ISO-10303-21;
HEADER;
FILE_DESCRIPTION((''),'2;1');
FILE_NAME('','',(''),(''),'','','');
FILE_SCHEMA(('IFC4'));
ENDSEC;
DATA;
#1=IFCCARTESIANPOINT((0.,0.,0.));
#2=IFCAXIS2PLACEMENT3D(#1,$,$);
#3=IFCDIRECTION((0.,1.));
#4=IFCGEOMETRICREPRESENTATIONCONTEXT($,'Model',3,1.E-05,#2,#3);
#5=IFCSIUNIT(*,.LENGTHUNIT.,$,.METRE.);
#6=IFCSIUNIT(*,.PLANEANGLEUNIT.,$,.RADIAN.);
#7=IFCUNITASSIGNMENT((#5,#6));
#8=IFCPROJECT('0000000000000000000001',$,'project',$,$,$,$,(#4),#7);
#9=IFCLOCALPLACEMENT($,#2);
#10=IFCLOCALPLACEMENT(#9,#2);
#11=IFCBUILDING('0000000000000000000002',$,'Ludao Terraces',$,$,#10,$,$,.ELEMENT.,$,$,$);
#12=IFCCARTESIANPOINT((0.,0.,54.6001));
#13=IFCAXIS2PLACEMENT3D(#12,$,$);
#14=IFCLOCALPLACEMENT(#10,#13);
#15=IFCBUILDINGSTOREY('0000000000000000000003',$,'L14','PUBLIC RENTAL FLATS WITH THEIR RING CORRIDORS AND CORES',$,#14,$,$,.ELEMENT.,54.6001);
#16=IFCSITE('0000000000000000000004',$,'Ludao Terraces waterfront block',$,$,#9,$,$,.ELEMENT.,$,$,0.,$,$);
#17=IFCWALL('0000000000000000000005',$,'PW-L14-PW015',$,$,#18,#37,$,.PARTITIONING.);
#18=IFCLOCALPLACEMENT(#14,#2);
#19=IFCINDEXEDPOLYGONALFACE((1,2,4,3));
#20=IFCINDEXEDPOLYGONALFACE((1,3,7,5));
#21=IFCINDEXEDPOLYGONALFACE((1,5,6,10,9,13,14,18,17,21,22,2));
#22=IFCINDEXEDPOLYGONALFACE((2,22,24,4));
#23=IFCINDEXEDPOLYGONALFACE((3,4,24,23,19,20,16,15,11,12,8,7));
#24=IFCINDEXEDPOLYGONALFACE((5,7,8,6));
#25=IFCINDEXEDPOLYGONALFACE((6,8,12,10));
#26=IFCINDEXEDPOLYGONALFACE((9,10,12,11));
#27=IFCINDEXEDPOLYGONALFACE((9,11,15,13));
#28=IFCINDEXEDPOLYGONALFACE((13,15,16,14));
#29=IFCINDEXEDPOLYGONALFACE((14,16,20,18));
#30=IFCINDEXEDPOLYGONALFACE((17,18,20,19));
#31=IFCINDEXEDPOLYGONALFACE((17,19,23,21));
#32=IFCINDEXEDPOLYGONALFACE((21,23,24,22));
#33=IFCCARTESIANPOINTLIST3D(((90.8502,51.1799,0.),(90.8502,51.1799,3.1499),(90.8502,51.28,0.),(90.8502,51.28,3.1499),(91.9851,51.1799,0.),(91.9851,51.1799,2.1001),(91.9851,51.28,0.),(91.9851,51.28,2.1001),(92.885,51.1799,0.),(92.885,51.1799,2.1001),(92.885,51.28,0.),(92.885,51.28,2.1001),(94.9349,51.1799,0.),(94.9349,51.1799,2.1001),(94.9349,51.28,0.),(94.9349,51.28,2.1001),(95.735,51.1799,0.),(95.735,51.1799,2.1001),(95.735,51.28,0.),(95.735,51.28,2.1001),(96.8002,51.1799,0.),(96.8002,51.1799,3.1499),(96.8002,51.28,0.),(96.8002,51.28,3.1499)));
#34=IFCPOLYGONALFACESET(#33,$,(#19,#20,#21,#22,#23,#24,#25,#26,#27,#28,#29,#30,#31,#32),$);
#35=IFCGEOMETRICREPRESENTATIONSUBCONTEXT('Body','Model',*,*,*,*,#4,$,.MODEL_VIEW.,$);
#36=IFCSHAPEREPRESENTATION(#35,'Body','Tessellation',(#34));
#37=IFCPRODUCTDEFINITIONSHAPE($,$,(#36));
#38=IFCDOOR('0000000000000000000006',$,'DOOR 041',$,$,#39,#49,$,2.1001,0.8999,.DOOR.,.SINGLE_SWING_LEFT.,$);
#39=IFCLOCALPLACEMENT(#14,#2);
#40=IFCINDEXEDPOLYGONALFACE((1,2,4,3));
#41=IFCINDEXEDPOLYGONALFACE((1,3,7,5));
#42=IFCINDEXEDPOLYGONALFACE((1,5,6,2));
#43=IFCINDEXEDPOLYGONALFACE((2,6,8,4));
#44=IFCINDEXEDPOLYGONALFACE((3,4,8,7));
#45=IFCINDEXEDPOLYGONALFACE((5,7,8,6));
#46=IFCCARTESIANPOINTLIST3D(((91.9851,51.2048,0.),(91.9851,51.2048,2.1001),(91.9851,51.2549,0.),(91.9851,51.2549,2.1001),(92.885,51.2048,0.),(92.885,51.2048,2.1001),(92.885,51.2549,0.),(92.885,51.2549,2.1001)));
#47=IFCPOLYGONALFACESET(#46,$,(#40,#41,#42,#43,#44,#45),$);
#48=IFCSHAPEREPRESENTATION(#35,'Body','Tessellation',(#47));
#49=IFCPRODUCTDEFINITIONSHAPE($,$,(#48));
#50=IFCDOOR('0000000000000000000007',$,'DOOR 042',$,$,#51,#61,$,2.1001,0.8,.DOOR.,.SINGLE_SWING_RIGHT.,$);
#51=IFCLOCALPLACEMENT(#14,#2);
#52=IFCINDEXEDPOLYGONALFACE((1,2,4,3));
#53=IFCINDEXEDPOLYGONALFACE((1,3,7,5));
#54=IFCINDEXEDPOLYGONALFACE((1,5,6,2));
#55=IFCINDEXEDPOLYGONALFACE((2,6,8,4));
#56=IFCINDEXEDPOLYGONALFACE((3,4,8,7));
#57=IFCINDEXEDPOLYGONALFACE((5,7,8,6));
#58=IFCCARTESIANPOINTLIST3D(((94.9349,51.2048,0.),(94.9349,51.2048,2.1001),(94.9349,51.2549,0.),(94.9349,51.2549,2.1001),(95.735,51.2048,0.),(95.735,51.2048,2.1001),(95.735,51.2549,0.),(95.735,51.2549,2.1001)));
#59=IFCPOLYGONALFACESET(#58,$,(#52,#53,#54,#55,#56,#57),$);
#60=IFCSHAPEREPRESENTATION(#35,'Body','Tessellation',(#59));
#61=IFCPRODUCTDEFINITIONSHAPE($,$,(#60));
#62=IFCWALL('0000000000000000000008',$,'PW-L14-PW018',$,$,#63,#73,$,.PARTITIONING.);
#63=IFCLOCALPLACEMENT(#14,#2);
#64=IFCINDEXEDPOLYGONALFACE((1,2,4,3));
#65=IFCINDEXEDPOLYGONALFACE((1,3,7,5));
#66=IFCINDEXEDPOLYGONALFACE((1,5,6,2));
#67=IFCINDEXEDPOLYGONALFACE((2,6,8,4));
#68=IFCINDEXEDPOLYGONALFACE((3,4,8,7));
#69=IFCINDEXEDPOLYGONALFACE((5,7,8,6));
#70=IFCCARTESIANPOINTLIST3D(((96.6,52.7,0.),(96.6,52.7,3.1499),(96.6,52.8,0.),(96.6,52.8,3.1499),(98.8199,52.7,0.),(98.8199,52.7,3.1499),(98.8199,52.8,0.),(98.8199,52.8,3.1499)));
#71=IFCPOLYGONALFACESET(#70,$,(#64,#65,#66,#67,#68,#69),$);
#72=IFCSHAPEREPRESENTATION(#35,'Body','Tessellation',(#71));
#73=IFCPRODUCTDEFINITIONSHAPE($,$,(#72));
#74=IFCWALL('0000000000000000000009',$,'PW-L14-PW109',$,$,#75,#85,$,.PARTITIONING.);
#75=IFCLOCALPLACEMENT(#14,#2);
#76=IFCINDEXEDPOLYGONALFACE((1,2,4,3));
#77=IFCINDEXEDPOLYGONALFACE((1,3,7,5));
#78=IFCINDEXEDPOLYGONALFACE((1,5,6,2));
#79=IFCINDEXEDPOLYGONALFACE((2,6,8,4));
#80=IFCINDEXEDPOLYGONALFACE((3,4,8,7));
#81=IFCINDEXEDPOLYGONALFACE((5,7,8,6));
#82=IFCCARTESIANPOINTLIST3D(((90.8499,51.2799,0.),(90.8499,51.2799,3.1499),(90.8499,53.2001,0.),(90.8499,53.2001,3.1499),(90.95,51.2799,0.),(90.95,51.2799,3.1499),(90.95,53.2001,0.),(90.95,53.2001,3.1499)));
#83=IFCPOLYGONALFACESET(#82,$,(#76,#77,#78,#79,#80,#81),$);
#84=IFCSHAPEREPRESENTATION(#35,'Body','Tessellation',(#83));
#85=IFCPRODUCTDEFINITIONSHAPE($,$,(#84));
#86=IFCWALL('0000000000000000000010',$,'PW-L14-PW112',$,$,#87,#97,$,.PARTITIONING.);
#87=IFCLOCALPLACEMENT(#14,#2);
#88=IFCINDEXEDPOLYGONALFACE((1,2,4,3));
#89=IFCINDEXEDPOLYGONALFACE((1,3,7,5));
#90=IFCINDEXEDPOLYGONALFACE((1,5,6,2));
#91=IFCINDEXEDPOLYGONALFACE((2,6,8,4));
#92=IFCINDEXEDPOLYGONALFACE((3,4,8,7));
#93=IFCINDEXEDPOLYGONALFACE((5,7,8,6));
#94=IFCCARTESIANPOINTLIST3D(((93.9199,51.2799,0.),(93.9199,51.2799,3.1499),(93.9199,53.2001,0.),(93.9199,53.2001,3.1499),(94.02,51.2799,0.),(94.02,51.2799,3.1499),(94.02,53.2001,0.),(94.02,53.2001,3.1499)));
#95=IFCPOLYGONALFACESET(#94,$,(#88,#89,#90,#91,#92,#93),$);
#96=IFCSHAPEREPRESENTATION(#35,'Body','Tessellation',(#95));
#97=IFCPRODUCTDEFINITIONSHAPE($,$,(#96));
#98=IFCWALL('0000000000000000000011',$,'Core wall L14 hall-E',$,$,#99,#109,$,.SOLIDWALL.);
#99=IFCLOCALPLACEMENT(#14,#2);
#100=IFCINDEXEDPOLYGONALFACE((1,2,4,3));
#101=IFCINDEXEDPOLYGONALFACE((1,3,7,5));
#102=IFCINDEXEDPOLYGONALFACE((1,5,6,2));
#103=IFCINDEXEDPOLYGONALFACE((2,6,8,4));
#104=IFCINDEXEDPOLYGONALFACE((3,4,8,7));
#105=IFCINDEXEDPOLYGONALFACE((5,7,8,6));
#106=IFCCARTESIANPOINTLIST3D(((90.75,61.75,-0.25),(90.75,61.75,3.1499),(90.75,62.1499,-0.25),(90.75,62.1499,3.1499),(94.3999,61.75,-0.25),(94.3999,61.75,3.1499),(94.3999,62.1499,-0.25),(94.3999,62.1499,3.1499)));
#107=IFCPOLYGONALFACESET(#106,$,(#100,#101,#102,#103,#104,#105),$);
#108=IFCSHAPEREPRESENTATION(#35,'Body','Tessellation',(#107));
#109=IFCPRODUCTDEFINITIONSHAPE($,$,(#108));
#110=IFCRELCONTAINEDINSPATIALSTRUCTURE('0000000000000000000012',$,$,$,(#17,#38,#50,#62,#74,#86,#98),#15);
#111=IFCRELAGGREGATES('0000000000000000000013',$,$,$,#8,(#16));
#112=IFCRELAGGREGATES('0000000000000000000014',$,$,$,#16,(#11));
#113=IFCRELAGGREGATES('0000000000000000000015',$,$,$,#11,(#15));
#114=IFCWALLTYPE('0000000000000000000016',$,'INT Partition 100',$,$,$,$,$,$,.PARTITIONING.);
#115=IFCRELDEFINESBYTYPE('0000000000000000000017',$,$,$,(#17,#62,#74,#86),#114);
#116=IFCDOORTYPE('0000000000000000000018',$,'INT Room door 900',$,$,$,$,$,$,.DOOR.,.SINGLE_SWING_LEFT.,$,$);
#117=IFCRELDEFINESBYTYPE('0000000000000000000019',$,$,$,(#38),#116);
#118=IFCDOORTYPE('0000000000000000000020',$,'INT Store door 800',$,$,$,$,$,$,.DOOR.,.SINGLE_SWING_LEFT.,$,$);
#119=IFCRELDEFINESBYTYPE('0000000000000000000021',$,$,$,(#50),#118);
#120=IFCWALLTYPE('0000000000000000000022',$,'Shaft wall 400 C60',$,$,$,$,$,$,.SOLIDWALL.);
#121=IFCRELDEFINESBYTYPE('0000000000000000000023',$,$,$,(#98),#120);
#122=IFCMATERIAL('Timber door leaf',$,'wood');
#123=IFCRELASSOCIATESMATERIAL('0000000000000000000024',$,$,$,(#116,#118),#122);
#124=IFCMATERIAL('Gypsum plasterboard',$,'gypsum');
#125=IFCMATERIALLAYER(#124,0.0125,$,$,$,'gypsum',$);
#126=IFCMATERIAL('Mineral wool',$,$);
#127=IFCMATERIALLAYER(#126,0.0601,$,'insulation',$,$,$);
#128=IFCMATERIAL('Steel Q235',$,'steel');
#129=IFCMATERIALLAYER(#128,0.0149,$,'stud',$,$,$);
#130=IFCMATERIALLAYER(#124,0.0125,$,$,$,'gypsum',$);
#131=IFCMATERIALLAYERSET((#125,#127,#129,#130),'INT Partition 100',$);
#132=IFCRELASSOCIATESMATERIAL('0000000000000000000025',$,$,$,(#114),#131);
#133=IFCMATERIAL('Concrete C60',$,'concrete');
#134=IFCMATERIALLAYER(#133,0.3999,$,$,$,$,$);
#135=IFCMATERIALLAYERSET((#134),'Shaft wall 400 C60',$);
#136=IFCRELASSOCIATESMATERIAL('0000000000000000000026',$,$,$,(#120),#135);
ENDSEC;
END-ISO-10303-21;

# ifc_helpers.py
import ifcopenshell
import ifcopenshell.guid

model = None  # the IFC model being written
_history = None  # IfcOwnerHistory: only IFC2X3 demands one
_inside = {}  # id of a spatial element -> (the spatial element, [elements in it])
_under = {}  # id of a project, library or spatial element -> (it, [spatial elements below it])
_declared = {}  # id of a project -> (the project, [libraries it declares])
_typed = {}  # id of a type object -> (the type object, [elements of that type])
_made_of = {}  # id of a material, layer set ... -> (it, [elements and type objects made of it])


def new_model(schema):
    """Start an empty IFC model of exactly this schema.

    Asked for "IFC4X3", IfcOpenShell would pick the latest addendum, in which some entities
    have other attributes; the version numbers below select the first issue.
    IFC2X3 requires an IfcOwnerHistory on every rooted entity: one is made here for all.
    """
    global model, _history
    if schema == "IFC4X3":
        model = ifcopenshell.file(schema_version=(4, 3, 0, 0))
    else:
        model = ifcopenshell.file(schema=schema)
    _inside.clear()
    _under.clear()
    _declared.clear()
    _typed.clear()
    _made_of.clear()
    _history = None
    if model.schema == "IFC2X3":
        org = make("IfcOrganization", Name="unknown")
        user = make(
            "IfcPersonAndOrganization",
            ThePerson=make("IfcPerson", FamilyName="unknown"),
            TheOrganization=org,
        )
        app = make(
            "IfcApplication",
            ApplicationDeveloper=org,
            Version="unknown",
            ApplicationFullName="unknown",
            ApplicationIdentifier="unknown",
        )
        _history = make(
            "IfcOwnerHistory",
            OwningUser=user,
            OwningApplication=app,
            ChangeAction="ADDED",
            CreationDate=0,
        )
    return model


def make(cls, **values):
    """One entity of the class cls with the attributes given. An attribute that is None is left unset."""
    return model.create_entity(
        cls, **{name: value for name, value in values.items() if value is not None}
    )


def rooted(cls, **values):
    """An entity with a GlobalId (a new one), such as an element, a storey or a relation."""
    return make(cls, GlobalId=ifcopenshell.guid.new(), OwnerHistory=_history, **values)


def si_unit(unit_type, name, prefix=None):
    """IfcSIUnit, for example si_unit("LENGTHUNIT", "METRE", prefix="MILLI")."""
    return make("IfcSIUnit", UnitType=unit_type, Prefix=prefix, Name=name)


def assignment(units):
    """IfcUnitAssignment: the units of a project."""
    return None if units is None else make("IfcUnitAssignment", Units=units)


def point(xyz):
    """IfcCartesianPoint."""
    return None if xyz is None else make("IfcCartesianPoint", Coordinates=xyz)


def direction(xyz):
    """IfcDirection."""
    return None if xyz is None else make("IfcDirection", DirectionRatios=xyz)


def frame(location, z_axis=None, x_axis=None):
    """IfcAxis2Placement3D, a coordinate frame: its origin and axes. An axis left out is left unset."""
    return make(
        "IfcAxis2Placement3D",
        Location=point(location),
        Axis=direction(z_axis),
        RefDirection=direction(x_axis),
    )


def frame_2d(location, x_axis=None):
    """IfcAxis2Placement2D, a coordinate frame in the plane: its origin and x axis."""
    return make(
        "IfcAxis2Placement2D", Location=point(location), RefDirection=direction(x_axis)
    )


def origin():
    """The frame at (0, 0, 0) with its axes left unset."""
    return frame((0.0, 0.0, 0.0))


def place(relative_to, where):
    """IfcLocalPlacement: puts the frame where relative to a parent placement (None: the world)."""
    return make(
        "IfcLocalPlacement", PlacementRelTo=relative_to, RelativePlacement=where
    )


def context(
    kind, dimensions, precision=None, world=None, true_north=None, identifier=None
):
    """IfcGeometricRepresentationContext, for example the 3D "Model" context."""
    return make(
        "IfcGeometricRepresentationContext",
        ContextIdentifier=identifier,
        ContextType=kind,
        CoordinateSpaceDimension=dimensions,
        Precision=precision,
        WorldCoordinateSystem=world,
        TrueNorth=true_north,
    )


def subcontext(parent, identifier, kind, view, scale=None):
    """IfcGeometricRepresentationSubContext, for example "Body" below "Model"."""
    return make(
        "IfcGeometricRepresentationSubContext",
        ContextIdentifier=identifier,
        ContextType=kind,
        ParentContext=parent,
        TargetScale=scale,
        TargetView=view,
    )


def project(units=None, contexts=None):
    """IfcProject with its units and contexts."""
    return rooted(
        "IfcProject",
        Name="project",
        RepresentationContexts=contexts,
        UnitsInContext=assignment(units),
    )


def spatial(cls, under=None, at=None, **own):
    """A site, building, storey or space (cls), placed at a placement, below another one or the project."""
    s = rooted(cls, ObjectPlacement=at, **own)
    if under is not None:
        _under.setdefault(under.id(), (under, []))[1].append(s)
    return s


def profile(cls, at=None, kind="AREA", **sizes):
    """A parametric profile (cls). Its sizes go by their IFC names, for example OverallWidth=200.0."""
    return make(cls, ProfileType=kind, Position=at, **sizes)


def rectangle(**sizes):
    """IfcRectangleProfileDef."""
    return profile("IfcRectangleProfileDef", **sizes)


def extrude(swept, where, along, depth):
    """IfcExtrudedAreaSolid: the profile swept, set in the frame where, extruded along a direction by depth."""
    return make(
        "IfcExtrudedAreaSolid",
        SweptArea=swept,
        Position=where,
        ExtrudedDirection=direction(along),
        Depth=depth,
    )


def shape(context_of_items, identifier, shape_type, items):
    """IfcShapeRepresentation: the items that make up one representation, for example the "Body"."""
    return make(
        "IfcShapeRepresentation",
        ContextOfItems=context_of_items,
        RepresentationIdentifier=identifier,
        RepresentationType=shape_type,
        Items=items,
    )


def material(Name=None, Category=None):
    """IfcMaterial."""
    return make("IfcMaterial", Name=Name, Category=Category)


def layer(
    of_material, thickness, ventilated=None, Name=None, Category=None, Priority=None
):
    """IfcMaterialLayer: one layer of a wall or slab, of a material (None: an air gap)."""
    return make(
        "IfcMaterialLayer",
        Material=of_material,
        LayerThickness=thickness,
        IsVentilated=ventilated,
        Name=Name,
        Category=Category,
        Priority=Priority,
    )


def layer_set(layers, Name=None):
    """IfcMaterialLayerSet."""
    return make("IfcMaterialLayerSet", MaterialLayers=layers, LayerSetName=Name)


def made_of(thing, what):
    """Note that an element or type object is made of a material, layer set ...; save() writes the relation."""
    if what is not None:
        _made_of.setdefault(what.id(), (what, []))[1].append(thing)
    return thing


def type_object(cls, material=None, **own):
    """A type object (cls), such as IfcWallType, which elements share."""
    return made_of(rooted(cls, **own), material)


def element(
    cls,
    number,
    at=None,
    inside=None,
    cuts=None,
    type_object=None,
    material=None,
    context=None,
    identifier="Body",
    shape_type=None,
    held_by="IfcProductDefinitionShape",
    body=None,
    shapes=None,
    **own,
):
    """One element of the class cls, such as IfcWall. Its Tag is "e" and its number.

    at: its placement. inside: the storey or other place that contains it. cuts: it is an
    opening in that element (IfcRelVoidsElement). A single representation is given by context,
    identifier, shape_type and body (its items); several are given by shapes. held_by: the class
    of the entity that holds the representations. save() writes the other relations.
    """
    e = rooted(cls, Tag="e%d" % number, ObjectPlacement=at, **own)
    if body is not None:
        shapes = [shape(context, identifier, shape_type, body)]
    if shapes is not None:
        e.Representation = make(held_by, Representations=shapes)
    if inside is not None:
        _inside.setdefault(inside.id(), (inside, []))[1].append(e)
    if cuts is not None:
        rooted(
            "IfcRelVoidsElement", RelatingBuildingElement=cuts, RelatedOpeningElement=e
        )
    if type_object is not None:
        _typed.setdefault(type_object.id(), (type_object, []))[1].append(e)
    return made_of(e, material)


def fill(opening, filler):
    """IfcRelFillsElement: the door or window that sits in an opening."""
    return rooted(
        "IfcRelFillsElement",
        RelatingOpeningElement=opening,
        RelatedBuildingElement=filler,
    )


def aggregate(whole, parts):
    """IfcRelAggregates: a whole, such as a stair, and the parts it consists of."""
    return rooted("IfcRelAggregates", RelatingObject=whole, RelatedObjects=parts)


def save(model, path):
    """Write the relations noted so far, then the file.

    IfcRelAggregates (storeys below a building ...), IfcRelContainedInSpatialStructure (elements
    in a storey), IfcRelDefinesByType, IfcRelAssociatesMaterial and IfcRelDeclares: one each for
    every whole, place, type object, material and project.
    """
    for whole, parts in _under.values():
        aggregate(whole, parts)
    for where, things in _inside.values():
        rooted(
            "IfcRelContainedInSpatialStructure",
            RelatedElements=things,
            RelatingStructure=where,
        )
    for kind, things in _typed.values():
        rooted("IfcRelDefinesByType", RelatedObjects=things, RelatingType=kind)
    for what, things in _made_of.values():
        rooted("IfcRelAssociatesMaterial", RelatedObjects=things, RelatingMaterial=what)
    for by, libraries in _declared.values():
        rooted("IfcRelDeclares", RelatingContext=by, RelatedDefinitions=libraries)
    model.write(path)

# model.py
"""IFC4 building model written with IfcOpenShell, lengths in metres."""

from ifc_helpers import new_model, si_unit, direction, frame, frame_2d, origin, place, context, subcontext, project, spatial, rectangle, extrude, material, layer, layer_set, type_object, element, fill, save


model = new_model("IFC4")

# Units and contexts
model_context = context("Model", 3, precision=1e-05, world=origin(), true_north=direction((0.0, 1.0)))
body_context = subcontext(model_context, "Body", "Model", "MODEL_VIEW")
ifc_project = project(units=[si_unit("LENGTHUNIT", "METRE"), si_unit("PLANEANGLEUNIT", "RADIAN")], contexts=[model_context])

# Site, building, storey
site_placement = place(None, origin())
site = spatial("IfcSite", under=ifc_project, at=site_placement, Name="Ludao Terraces waterfront block", CompositionType="ELEMENT", RefElevation=0.0)
building_placement = place(site_placement, origin())
building = spatial("IfcBuilding", under=site, at=building_placement, Name="Ludao Terraces", CompositionType="ELEMENT")
storey_placement = place(building_placement, frame((0.0, 0.0, 54.6001)))
storey = spatial("IfcBuildingStorey", under=building, at=storey_placement, Name="L14", Description="PUBLIC RENTAL FLATS WITH THEIR RING CORRIDORS AND CORES", CompositionType="ELEMENT", Elevation=54.6001)

# Shared definitions
ifc_material_1 = material(Name="Steel Q235", Category="steel")

# Wall, openings, doors
ifc_material_2 = material(Name="Timber door leaf", Category="wood")
door_type_1 = type_object("IfcDoorType", Name="INT Room door 900", OperationType="SINGLE_SWING_LEFT", PredefinedType="DOOR", material=ifc_material_2)
ifc_material_3 = material(Name="Gypsum plasterboard", Category="gypsum")
ifc_layer_1 = layer(ifc_material_3, 0.0125, Category="gypsum")
ifc_material_4 = material(Name="Mineral wool")
ifc_layer_2 = layer(ifc_material_4, 0.0601, Name="insulation")
ifc_layer_3 = layer(ifc_material_1, 0.0149, Name="stud")
ifc_layer_4 = layer(ifc_material_3, 0.0125, Category="gypsum")
ifc_layer_set_1 = layer_set([ifc_layer_1, ifc_layer_2, ifc_layer_3, ifc_layer_4], Name="INT Partition 100")
wall_type_1 = type_object("IfcWallType", Name="INT Partition 100", PredefinedType="PARTITIONING", material=ifc_layer_set_1)
wall_1_placement = place(storey_placement, frame((90.8501, 51.23, 0.0), z_axis=(0.0, 0.0, 1.0), x_axis=(1.0, 0.0, 0.0)))
wall_1 = element("IfcWall", 1, at=wall_1_placement, inside=storey, type_object=wall_type_1, Name="PW-L14-PW015", PredefinedType="PARTITIONING", context=body_context, shape_type="SweptSolid", body=[
    extrude(rectangle(XDim=5.95, YDim=0.1001, at=frame_2d((2.9751, 0.0))), origin(), (0.0, 0.0, 1.0), 3.1499),
])
opening_1_placement = place(wall_1_placement, frame((1.135, 0.0, 0.0)))
opening_1 = element("IfcOpeningElement", 2, at=opening_1_placement, cuts=wall_1, PredefinedType="OPENING", context=body_context, shape_type="SweptSolid", body=[
    extrude(rectangle(XDim=0.8999, YDim=2.1001, at=frame_2d((0.45, 1.05))), frame((0.0, 0.0601, 0.0), z_axis=(0.0, -1.0, 0.0), x_axis=(1.0, 0.0, 0.0)), (0.0, 0.0, 1.0), 0.1201),
])
opening_2_placement = place(wall_1_placement, frame((4.085, 0.0, 0.0)))
opening_2 = element("IfcOpeningElement", 3, at=opening_2_placement, cuts=wall_1, PredefinedType="OPENING", context=body_context, shape_type="SweptSolid", body=[
    extrude(rectangle(XDim=0.8, YDim=2.1001, at=frame_2d((0.3999, 1.05))), frame((0.0, 0.0601, 0.0), z_axis=(0.0, -1.0, 0.0), x_axis=(1.0, 0.0, 0.0)), (0.0, 0.0, 1.0), 0.1201),
])
door_1_placement = place(opening_1_placement, origin())
door_1 = element("IfcDoor", 4, at=door_1_placement, inside=storey, type_object=door_type_1, Name="DOOR 041", OperationType="SINGLE_SWING_LEFT", OverallHeight=2.1001, OverallWidth=0.8999, PredefinedType="DOOR", context=body_context, shape_type="SweptSolid", body=[
    extrude(rectangle(XDim=0.8999, YDim=2.1001, at=frame_2d((0.45, 1.05))), frame((0.0, 0.0249, 0.0), z_axis=(0.0, -1.0, 0.0), x_axis=(1.0, 0.0, 0.0)), (0.0, 0.0, 1.0), 0.05),
])
fill(opening_1, door_1)
door_type_2 = type_object("IfcDoorType", Name="INT Store door 800", OperationType="SINGLE_SWING_LEFT", PredefinedType="DOOR", material=ifc_material_2)
door_2_placement = place(opening_2_placement, origin())
door_2 = element("IfcDoor", 5, at=door_2_placement, inside=storey, type_object=door_type_2, Name="DOOR 042", OperationType="SINGLE_SWING_RIGHT", OverallHeight=2.1001, OverallWidth=0.8, PredefinedType="DOOR", context=body_context, shape_type="SweptSolid", body=[
    extrude(rectangle(XDim=0.8, YDim=2.1001, at=frame_2d((0.3999, 1.05))), frame((0.0, 0.0249, 0.0), z_axis=(0.0, -1.0, 0.0), x_axis=(1.0, 0.0, 0.0)), (0.0, 0.0, 1.0), 0.05),
])
fill(opening_2, door_2)

# Walls
wall_2_placement = place(storey_placement, frame((96.6001, 52.75, 0.0), z_axis=(0.0, 0.0, 1.0), x_axis=(1.0, 0.0, 0.0)))
element("IfcWall", 6, at=wall_2_placement, inside=storey, type_object=wall_type_1, Name="PW-L14-PW018", PredefinedType="PARTITIONING", context=body_context, shape_type="SweptSolid", body=[
    extrude(rectangle(XDim=2.22, YDim=0.1001, at=frame_2d((1.1099, 0.0))), origin(), (0.0, 0.0, 1.0), 3.1499),
])
for number, where, z_axis, x_axis, name in (
    (7, (90.8999, 51.28, 0.0), (0.0, 0.0, 1.0), (0.0, 1.0, 0.0), "PW-L14-PW109"),
    (8, (93.97, 51.28, 0.0), (0.0, 0.0, 1.0), (0.0, 1.0, 0.0), "PW-L14-PW112"),
):
    element("IfcWall", number, at=place(storey_placement, frame(where, z_axis=z_axis, x_axis=x_axis)), inside=storey, type_object=wall_type_1, Name=name, PredefinedType="PARTITIONING", context=body_context, shape_type="SweptSolid", body=[
        extrude(rectangle(XDim=1.9202, YDim=0.1001, at=frame_2d((0.96, 0.0))), origin(), (0.0, 0.0, 1.0), 3.1499),
    ])
ifc_material_5 = material(Name="Concrete C60", Category="concrete")
ifc_layer_5 = layer(ifc_material_5, 0.3999)
ifc_layer_set_2 = layer_set([ifc_layer_5], Name="Shaft wall 400 C60")
wall_type_2 = type_object("IfcWallType", Name="Shaft wall 400 C60", PredefinedType="SOLIDWALL", material=ifc_layer_set_2)
wall_3_placement = place(storey_placement, frame((90.75, 61.95, -0.25), z_axis=(0.0, 0.0, 1.0), x_axis=(1.0, 0.0, 0.0)))
element("IfcWall", 9, at=wall_3_placement, inside=storey, type_object=wall_type_2, Name="Core wall L14 hall-E", PredefinedType="SOLIDWALL", context=body_context, shape_type="SweptSolid", body=[
    extrude(rectangle(XDim=3.6499, YDim=0.3999, at=frame_2d((1.825, 0.0))), origin(), (0.0, 0.0, 1.0), 3.3999),
])

save(model, "model.ifc")
